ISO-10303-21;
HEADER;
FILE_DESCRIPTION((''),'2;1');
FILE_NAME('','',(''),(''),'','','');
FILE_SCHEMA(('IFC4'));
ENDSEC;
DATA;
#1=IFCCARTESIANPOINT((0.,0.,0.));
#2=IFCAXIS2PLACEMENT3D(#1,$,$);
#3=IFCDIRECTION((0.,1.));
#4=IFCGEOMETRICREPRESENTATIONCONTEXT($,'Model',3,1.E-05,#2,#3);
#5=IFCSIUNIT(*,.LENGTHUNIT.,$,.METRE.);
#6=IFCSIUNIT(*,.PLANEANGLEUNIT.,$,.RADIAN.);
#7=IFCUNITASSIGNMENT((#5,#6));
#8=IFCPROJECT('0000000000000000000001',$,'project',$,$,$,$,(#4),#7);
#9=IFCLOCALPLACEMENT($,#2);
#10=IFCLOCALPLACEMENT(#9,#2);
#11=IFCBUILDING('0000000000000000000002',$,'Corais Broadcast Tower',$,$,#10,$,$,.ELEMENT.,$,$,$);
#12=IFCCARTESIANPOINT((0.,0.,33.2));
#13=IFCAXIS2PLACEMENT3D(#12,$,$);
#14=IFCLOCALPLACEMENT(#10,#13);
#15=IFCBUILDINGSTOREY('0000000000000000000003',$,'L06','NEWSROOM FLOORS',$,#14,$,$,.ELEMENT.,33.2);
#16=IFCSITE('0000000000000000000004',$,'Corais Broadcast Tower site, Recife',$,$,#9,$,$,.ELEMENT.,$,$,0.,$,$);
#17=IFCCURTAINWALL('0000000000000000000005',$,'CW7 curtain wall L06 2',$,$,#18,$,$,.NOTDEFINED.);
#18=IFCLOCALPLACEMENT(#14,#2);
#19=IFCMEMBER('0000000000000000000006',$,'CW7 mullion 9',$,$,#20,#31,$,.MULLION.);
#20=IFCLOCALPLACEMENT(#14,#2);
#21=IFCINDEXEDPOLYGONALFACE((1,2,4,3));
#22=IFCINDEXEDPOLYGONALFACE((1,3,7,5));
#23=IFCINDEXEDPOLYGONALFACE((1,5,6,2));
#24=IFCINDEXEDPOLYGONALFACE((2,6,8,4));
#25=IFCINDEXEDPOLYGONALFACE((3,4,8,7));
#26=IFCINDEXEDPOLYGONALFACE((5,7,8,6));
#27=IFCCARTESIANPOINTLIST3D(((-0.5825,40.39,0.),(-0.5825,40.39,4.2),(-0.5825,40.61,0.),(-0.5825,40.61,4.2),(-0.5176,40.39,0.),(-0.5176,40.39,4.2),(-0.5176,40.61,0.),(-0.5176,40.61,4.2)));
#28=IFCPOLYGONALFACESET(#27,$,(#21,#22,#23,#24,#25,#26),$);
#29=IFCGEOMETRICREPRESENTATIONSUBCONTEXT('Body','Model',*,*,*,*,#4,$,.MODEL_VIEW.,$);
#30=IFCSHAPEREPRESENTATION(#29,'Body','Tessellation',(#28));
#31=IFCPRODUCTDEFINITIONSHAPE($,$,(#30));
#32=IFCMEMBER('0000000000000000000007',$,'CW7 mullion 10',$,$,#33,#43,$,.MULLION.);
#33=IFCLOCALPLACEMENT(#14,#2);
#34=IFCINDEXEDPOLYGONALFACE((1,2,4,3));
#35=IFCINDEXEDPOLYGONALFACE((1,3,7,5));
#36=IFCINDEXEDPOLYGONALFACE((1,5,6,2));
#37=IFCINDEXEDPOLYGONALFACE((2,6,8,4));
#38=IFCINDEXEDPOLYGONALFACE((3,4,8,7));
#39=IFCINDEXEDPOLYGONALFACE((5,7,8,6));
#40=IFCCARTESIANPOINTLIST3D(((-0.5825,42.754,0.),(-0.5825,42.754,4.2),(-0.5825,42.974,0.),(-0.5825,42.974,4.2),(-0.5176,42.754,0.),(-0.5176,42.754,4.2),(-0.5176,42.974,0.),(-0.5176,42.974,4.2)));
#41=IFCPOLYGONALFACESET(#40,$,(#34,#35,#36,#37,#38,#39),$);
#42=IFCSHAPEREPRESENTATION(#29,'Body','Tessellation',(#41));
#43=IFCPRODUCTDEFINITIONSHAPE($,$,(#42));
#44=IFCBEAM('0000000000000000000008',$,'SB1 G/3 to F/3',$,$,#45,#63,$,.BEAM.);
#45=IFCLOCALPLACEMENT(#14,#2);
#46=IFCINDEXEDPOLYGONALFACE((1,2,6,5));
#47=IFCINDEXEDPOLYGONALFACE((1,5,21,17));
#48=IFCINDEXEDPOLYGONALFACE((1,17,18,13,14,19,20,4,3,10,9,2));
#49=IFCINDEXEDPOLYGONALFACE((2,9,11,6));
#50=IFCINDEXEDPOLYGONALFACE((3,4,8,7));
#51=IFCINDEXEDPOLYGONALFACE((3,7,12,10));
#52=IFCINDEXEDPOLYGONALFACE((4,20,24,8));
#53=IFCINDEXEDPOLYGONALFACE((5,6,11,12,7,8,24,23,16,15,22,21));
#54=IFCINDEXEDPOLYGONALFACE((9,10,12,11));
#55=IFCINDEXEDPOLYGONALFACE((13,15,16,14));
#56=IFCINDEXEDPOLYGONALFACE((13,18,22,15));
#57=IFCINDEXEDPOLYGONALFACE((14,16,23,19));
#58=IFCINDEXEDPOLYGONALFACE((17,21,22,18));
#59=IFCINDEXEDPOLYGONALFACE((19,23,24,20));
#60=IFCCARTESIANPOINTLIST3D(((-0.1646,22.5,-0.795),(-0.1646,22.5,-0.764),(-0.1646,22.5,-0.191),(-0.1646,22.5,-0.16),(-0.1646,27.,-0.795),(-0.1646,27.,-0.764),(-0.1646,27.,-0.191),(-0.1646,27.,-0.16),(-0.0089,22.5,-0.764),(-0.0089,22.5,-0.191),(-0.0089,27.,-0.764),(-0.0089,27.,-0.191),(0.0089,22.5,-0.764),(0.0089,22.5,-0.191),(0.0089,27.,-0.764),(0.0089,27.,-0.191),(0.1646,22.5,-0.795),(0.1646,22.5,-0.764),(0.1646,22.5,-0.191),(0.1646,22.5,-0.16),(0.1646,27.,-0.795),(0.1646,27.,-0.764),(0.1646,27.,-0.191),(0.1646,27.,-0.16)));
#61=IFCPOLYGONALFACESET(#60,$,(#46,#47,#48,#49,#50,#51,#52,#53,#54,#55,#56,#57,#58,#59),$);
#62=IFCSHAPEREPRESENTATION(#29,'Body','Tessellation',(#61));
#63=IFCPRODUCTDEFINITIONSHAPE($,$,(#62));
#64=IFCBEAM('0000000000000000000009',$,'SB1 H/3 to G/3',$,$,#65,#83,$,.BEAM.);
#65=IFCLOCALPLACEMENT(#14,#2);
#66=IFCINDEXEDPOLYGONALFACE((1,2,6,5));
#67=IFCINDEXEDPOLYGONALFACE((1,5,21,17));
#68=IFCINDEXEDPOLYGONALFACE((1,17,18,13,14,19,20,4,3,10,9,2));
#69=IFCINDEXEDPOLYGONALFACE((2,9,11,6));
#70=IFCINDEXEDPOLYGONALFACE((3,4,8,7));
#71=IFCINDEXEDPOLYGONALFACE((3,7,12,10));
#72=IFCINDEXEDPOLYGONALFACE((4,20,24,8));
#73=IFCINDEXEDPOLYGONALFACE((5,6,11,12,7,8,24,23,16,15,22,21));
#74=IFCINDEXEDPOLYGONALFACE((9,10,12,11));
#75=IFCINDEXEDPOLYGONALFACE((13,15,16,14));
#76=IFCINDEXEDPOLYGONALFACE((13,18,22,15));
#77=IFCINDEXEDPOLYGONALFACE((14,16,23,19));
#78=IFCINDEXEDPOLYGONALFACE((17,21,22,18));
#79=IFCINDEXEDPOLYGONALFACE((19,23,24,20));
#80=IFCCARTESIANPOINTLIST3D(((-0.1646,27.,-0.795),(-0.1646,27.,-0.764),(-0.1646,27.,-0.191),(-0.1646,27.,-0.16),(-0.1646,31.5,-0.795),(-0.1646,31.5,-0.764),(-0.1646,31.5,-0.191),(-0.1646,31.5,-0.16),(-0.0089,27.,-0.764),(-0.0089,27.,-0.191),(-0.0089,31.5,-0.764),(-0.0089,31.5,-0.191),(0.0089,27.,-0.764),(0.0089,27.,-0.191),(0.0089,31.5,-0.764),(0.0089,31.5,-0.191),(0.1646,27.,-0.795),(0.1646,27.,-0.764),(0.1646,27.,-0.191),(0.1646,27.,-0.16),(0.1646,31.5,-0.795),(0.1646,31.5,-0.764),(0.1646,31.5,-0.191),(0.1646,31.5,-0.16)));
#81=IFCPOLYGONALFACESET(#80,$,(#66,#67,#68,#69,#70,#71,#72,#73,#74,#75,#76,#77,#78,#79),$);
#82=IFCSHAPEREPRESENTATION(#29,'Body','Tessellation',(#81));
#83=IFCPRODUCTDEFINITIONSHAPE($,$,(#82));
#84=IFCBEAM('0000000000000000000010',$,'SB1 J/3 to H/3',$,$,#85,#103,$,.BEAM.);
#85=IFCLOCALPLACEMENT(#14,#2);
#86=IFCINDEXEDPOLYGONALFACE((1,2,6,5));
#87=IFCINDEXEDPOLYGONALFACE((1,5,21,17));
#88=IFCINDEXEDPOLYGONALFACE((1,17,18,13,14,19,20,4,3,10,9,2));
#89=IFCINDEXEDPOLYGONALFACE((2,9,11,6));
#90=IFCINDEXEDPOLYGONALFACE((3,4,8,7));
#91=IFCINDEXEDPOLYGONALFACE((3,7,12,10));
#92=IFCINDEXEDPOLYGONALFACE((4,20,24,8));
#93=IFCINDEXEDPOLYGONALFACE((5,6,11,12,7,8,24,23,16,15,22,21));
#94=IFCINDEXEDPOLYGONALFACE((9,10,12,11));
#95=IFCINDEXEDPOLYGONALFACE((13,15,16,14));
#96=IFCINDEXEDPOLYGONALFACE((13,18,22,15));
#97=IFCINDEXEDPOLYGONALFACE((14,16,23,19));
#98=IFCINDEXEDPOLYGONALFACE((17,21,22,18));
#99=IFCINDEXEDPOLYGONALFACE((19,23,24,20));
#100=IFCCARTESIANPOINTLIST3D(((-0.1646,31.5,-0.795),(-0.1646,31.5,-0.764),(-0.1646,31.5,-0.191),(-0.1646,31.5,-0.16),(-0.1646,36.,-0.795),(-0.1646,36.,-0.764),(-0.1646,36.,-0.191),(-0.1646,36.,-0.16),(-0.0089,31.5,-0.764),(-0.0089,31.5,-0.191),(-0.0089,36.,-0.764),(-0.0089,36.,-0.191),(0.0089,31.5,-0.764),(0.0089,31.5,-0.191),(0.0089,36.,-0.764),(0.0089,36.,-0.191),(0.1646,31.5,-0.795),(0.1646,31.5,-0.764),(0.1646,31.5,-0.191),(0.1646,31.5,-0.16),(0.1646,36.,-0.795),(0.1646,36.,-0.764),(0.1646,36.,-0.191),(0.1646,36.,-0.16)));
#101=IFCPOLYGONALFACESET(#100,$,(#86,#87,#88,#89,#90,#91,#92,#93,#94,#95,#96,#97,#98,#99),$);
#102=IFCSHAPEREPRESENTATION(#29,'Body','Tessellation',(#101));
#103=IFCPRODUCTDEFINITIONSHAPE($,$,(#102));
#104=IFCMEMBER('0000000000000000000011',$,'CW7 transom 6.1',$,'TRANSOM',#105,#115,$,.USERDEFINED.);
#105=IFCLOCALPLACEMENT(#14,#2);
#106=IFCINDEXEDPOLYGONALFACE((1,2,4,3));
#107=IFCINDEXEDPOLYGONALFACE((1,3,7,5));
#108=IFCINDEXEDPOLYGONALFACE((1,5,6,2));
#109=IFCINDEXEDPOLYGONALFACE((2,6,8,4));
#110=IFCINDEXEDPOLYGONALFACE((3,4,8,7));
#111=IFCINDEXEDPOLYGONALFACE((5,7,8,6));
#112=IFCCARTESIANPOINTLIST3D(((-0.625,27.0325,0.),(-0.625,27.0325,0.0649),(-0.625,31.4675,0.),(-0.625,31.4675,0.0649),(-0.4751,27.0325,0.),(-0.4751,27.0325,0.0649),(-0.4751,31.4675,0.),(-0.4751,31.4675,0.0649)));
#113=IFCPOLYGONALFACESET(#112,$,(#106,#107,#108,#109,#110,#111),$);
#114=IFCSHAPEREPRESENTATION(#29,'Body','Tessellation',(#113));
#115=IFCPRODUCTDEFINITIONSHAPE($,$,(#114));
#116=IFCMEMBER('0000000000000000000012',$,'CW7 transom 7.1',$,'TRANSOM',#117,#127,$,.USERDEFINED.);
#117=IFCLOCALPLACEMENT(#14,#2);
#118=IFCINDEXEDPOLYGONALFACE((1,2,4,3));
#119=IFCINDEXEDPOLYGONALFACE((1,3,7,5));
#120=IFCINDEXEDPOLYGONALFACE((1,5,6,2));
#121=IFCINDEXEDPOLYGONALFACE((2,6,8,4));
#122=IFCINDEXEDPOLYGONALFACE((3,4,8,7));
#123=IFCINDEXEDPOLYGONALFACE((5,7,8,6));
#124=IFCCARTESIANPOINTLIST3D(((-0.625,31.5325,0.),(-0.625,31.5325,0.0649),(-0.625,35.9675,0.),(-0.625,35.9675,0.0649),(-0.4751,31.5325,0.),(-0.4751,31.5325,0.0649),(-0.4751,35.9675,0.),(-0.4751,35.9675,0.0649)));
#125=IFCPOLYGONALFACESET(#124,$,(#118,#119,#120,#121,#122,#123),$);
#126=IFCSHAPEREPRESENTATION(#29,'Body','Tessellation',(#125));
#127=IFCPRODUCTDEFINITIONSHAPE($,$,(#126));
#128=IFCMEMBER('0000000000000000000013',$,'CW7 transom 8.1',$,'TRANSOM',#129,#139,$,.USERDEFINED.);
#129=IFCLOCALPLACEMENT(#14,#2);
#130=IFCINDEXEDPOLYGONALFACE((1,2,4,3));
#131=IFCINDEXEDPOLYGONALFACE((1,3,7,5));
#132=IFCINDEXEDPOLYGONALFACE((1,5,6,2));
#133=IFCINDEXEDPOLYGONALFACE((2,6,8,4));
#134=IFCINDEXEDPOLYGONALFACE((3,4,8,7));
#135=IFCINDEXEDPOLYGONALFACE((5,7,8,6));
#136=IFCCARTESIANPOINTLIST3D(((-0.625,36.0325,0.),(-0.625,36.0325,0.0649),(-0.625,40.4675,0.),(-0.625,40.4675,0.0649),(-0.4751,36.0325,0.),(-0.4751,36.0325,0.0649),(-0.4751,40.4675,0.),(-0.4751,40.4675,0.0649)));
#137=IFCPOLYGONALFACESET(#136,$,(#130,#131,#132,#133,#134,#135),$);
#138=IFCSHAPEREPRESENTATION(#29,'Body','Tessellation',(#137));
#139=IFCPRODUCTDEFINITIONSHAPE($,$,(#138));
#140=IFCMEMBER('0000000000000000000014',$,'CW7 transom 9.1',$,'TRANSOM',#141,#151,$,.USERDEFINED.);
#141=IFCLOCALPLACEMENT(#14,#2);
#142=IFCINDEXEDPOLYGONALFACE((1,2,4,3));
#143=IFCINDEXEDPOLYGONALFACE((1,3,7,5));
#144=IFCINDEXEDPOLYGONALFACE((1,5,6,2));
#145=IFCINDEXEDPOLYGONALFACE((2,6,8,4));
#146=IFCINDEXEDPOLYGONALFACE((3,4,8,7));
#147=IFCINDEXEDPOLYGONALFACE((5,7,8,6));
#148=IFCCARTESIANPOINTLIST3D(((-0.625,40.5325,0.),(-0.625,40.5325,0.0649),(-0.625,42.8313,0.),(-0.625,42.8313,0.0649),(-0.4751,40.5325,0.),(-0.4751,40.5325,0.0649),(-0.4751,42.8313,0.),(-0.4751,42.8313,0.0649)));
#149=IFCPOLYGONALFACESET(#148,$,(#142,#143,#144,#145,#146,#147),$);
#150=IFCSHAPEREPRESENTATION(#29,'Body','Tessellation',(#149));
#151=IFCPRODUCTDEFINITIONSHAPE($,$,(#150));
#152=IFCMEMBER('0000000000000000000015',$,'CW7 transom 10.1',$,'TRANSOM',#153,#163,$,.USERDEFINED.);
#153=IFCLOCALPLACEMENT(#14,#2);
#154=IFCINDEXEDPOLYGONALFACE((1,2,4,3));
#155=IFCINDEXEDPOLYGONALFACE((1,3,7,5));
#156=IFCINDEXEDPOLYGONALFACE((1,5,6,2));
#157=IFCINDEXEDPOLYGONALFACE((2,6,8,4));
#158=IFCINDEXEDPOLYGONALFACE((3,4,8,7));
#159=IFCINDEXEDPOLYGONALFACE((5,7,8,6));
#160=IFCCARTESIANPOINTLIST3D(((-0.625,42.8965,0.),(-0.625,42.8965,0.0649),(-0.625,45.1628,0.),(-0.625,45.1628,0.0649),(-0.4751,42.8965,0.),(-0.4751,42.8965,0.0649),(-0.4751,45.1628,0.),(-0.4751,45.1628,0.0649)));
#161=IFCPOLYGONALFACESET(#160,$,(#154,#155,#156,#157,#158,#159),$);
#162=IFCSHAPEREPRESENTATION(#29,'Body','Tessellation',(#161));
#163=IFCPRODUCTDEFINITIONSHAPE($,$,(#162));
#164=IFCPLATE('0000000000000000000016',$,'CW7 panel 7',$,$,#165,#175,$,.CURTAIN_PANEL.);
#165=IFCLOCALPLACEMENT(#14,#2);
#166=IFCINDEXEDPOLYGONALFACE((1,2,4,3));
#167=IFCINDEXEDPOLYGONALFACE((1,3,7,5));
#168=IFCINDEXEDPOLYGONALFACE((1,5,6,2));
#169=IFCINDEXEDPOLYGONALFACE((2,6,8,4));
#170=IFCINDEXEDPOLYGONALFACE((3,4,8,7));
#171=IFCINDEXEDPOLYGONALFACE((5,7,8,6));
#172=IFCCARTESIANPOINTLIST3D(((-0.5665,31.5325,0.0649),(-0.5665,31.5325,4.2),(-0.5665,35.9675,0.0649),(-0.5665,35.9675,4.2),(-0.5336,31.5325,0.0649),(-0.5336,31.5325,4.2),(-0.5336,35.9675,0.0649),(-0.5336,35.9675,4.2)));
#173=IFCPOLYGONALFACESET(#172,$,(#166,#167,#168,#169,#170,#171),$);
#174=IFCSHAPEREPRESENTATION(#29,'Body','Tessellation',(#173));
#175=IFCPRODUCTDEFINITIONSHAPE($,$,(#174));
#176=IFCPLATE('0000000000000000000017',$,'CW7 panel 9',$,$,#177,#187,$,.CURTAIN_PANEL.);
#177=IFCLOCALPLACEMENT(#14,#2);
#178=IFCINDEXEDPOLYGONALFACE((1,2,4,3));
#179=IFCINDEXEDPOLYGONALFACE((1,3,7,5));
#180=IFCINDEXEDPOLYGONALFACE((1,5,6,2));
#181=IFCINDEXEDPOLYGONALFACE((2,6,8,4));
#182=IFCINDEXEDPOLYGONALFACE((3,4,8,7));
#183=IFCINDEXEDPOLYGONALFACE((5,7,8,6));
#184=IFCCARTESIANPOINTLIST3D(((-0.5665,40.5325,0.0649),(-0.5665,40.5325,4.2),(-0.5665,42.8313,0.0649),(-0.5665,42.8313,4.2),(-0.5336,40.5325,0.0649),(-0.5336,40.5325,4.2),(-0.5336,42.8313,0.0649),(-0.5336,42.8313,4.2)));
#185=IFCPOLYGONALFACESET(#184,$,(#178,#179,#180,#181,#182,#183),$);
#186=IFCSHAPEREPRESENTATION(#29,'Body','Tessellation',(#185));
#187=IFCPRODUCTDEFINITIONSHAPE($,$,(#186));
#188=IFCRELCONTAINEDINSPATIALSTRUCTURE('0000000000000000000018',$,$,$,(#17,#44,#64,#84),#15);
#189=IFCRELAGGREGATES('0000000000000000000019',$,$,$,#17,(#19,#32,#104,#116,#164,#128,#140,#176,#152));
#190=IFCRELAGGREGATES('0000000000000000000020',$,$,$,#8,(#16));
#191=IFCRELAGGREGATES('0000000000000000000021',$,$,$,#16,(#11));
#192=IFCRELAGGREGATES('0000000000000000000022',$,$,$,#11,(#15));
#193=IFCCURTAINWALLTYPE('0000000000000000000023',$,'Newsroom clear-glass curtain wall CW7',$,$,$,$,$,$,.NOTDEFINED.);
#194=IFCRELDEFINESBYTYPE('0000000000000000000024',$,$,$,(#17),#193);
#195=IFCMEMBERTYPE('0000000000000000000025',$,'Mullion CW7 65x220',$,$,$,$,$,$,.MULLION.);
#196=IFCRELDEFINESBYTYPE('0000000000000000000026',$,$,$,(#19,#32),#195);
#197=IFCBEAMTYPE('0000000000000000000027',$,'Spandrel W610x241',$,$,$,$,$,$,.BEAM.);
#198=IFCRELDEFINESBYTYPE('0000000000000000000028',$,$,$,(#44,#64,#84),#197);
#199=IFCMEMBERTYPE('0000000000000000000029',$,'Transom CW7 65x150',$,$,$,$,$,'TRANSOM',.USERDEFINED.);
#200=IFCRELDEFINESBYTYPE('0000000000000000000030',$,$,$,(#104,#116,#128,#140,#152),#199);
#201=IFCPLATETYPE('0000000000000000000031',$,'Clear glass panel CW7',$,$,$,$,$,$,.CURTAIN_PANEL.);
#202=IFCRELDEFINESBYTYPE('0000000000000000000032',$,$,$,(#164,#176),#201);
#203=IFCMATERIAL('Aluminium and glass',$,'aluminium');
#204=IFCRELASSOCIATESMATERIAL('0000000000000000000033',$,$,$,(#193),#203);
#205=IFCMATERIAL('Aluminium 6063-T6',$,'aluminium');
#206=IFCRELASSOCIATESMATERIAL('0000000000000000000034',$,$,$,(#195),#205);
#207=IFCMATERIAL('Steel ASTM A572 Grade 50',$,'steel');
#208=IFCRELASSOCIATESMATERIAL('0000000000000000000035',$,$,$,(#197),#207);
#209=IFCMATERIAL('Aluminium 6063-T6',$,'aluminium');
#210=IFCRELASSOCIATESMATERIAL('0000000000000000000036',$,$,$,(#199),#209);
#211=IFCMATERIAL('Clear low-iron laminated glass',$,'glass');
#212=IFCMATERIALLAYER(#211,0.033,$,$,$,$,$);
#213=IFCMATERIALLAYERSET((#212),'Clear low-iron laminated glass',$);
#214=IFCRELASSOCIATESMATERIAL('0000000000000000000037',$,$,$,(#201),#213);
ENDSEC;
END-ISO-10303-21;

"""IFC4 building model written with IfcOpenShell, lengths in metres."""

from ifc_helpers import new_model, si_unit, direction, frame, origin, origin_2d, place, context, subcontext, project, spatial, rectangle, i_section, extrude, material, layer, layer_set, material_profile, profile_set, type_object, element, aggregate, save


model = new_model("IFC4")

# Units and contexts
model_context = context("Model", 3, precision=1e-05, world=origin(), true_north=direction((0.0, 1.0)))
body_context = subcontext(model_context, "Body", "Model", "MODEL_VIEW")
ifc_project = project(units=[si_unit("LENGTHUNIT", "METRE"), si_unit("PLANEANGLEUNIT", "RADIAN")], contexts=[model_context])

# Site, building, storey
site_placement = place(None, origin())
site = spatial("IfcSite", under=ifc_project, at=site_placement, Name="Corais Broadcast Tower site, Recife", CompositionType="ELEMENT", RefElevation=0.0)
building_placement = place(site_placement, origin())
building = spatial("IfcBuilding", under=site, at=building_placement, Name="Corais Broadcast Tower", CompositionType="ELEMENT")
storey_placement = place(building_placement, frame((0.0, 0.0, 33.2)))
storey = spatial("IfcBuildingStorey", under=building, at=storey_placement, Name="L06", Description="NEWSROOM FLOORS", CompositionType="ELEMENT", Elevation=33.2)

# Curtain wall, members
ifc_material_1 = material(Name="Aluminium and glass", Category="aluminium")
curtain_wall_type = type_object("IfcCurtainWallType", Name="Newsroom clear-glass curtain wall CW7", PredefinedType="NOTDEFINED", material=ifc_material_1)
curtain_wall_placement = place(storey_placement, origin())
curtain_wall = element("IfcCurtainWall", 1, at=curtain_wall_placement, inside=storey, type_object=curtain_wall_type, Name="CW7 curtain wall L06 2", PredefinedType="NOTDEFINED")
ifc_material_2 = material(Name="Aluminium 6063-T6", Category="aluminium")
ifc_material_profile_1 = material_profile(ifc_material_2, rectangle(XDim=0.0649, YDim=0.22, at=origin_2d()), Name="Mullion CW7 65x220")
ifc_profile_set_1 = profile_set([ifc_material_profile_1], Name="Aluminium 6063-T6")
member_type_1 = type_object("IfcMemberType", Name="Mullion CW7 65x220", PredefinedType="MULLION", material=ifc_profile_set_1)
member_1_placement = place(storey_placement, frame((-0.55, 40.5, 0.0), z_axis=(0.0, 0.0, 1.0), x_axis=(-1.0, 0.0, 0.0)))
member_1 = element("IfcMember", 2, at=member_1_placement, type_object=member_type_1, Name="CW7 mullion 9", PredefinedType="MULLION", context=body_context, shape_type="SweptSolid", body=[
    extrude(rectangle(XDim=0.0649, YDim=0.22, at=origin_2d()), origin(), (0.0, 0.0, 1.0), 4.2),
])
member_2_placement = place(storey_placement, frame((-0.55, 42.864, 0.0), z_axis=(0.0, 0.0, 1.0), x_axis=(-1.0, 0.0, 0.0)))
member_2 = element("IfcMember", 3, at=member_2_placement, type_object=member_type_1, Name="CW7 mullion 10", PredefinedType="MULLION", context=body_context, shape_type="SweptSolid", body=[
    extrude(rectangle(XDim=0.0649, YDim=0.22, at=origin_2d()), origin(), (0.0, 0.0, 1.0), 4.2),
])

# Beams
ifc_material_3 = material(Name="Steel ASTM A572 Grade 50", Category="steel")
ifc_material_profile_2 = material_profile(ifc_material_3, i_section(OverallWidth=0.3291, OverallDepth=0.635, WebThickness=0.0178, FlangeThickness=0.031, at=origin_2d()), Name="W610x241")
ifc_profile_set_2 = profile_set([ifc_material_profile_2], Name="Steel ASTM A572 Grade 50")
beam_type_1 = type_object("IfcBeamType", Name="Spandrel W610x241", PredefinedType="BEAM", material=ifc_profile_set_2)
for number, where, z_axis, x_axis, name in (
    (4, (0.0, 27.0, -0.4775), (0.0, -1.0, 0.0), (1.0, 0.0, 0.0), "SB1 G/3 to F/3"),
    (5, (0.0, 31.5, -0.4775), (0.0, -1.0, 0.0), (1.0, 0.0, 0.0), "SB1 H/3 to G/3"),
    (6, (0.0, 36.0, -0.4775), (0.0, -1.0, 0.0), (1.0, 0.0, 0.0), "SB1 J/3 to H/3"),
):
    element("IfcBeam", number, at=place(storey_placement, frame(where, z_axis=z_axis, x_axis=x_axis)), inside=storey, type_object=beam_type_1, Name=name, PredefinedType="BEAM", context=body_context, shape_type="SweptSolid", body=[
        extrude(i_section(OverallWidth=0.3291, OverallDepth=0.635, WebThickness=0.0178, FlangeThickness=0.031, at=origin_2d()), origin(), (0.0, 0.0, 1.0), 4.5),
    ])

# Members
ifc_material_4 = material(Name="Aluminium 6063-T6", Category="aluminium")
ifc_material_profile_3 = material_profile(ifc_material_4, rectangle(XDim=0.1499, YDim=0.0649, at=origin_2d()), Name="Transom CW7 65x150")
ifc_profile_set_3 = profile_set([ifc_material_profile_3], Name="Aluminium 6063-T6")
member_type_2 = type_object("IfcMemberType", Name="Transom CW7 65x150", ElementType="TRANSOM", PredefinedType="USERDEFINED", material=ifc_profile_set_3)
member_3_placement = place(storey_placement, frame((-0.55, 27.0325, 0.0325), z_axis=(0.0, 1.0, 0.0), x_axis=(-1.0, 0.0, 0.0)))
member_3 = element("IfcMember", 7, at=member_3_placement, type_object=member_type_2, Name="CW7 transom 6.1", ObjectType="TRANSOM", PredefinedType="USERDEFINED", context=body_context, shape_type="SweptSolid", body=[
    extrude(rectangle(XDim=0.1499, YDim=0.0649, at=origin_2d()), origin(), (0.0, 0.0, 1.0), 4.4351),
])
member_4_placement = place(storey_placement, frame((-0.55, 31.5325, 0.0325), z_axis=(0.0, 1.0, 0.0), x_axis=(-1.0, 0.0, 0.0)))
member_4 = element("IfcMember", 8, at=member_4_placement, type_object=member_type_2, Name="CW7 transom 7.1", ObjectType="TRANSOM", PredefinedType="USERDEFINED", context=body_context, shape_type="SweptSolid", body=[
    extrude(rectangle(XDim=0.1499, YDim=0.0649, at=origin_2d()), origin(), (0.0, 0.0, 1.0), 4.4351),
])
member_5_placement = place(storey_placement, frame((-0.55, 36.0325, 0.0325), z_axis=(0.0, 1.0, 0.0), x_axis=(-1.0, 0.0, 0.0)))
member_5 = element("IfcMember", 9, at=member_5_placement, type_object=member_type_2, Name="CW7 transom 8.1", ObjectType="TRANSOM", PredefinedType="USERDEFINED", context=body_context, shape_type="SweptSolid", body=[
    extrude(rectangle(XDim=0.1499, YDim=0.0649, at=origin_2d()), origin(), (0.0, 0.0, 1.0), 4.4351),
])
member_6_placement = place(storey_placement, frame((-0.55, 40.5325, 0.0325), z_axis=(0.0, 1.0, 0.0), x_axis=(-1.0, 0.0, 0.0)))
member_6 = element("IfcMember", 10, at=member_6_placement, type_object=member_type_2, Name="CW7 transom 9.1", ObjectType="TRANSOM", PredefinedType="USERDEFINED", context=body_context, shape_type="SweptSolid", body=[
    extrude(rectangle(XDim=0.1499, YDim=0.0649, at=origin_2d()), origin(), (0.0, 0.0, 1.0), 2.2988),
])
member_7_placement = place(storey_placement, frame((-0.55, 42.8965, 0.0325), z_axis=(0.0, 1.0, 0.0), x_axis=(-1.0, 0.0, 0.0)))
member_7 = element("IfcMember", 11, at=member_7_placement, type_object=member_type_2, Name="CW7 transom 10.1", ObjectType="TRANSOM", PredefinedType="USERDEFINED", context=body_context, shape_type="SweptSolid", body=[
    extrude(rectangle(XDim=0.1499, YDim=0.0649, at=origin_2d()), origin(), (0.0, 0.0, 1.0), 2.2664),
])

# Plates
ifc_material_5 = material(Name="Clear low-iron laminated glass", Category="glass")
ifc_layer_1 = layer(ifc_material_5, 0.033)
ifc_layer_set_1 = layer_set([ifc_layer_1], Name="Clear low-iron laminated glass")
plate_type_1 = type_object("IfcPlateType", Name="Clear glass panel CW7", PredefinedType="CURTAIN_PANEL", material=ifc_layer_set_1)
plate_1_placement = place(storey_placement, frame((-0.55, 33.75, 0.0649), z_axis=(0.0, 0.0, 1.0), x_axis=(0.0, 1.0, 0.0)))
plate_1 = element("IfcPlate", 12, at=plate_1_placement, type_object=plate_type_1, Name="CW7 panel 7", PredefinedType="CURTAIN_PANEL", context=body_context, shape_type="SweptSolid", body=[
    extrude(rectangle(XDim=4.4351, YDim=0.033, at=origin_2d()), origin(), (0.0, 0.0, 1.0), 4.135),
])
plate_2_placement = place(storey_placement, frame((-0.55, 41.6819, 0.0649), z_axis=(0.0, 0.0, 1.0), x_axis=(0.0, 1.0, 0.0)))
plate_2 = element("IfcPlate", 13, at=plate_2_placement, type_object=plate_type_1, Name="CW7 panel 9", PredefinedType="CURTAIN_PANEL", context=body_context, shape_type="SweptSolid", body=[
    extrude(rectangle(XDim=2.2988, YDim=0.033, at=origin_2d()), origin(), (0.0, 0.0, 1.0), 4.135),
])
aggregate(curtain_wall, [member_1, member_2, member_3, member_4, plate_1, member_5, member_6, plate_2, member_7])

save(model, "model.ifc")
